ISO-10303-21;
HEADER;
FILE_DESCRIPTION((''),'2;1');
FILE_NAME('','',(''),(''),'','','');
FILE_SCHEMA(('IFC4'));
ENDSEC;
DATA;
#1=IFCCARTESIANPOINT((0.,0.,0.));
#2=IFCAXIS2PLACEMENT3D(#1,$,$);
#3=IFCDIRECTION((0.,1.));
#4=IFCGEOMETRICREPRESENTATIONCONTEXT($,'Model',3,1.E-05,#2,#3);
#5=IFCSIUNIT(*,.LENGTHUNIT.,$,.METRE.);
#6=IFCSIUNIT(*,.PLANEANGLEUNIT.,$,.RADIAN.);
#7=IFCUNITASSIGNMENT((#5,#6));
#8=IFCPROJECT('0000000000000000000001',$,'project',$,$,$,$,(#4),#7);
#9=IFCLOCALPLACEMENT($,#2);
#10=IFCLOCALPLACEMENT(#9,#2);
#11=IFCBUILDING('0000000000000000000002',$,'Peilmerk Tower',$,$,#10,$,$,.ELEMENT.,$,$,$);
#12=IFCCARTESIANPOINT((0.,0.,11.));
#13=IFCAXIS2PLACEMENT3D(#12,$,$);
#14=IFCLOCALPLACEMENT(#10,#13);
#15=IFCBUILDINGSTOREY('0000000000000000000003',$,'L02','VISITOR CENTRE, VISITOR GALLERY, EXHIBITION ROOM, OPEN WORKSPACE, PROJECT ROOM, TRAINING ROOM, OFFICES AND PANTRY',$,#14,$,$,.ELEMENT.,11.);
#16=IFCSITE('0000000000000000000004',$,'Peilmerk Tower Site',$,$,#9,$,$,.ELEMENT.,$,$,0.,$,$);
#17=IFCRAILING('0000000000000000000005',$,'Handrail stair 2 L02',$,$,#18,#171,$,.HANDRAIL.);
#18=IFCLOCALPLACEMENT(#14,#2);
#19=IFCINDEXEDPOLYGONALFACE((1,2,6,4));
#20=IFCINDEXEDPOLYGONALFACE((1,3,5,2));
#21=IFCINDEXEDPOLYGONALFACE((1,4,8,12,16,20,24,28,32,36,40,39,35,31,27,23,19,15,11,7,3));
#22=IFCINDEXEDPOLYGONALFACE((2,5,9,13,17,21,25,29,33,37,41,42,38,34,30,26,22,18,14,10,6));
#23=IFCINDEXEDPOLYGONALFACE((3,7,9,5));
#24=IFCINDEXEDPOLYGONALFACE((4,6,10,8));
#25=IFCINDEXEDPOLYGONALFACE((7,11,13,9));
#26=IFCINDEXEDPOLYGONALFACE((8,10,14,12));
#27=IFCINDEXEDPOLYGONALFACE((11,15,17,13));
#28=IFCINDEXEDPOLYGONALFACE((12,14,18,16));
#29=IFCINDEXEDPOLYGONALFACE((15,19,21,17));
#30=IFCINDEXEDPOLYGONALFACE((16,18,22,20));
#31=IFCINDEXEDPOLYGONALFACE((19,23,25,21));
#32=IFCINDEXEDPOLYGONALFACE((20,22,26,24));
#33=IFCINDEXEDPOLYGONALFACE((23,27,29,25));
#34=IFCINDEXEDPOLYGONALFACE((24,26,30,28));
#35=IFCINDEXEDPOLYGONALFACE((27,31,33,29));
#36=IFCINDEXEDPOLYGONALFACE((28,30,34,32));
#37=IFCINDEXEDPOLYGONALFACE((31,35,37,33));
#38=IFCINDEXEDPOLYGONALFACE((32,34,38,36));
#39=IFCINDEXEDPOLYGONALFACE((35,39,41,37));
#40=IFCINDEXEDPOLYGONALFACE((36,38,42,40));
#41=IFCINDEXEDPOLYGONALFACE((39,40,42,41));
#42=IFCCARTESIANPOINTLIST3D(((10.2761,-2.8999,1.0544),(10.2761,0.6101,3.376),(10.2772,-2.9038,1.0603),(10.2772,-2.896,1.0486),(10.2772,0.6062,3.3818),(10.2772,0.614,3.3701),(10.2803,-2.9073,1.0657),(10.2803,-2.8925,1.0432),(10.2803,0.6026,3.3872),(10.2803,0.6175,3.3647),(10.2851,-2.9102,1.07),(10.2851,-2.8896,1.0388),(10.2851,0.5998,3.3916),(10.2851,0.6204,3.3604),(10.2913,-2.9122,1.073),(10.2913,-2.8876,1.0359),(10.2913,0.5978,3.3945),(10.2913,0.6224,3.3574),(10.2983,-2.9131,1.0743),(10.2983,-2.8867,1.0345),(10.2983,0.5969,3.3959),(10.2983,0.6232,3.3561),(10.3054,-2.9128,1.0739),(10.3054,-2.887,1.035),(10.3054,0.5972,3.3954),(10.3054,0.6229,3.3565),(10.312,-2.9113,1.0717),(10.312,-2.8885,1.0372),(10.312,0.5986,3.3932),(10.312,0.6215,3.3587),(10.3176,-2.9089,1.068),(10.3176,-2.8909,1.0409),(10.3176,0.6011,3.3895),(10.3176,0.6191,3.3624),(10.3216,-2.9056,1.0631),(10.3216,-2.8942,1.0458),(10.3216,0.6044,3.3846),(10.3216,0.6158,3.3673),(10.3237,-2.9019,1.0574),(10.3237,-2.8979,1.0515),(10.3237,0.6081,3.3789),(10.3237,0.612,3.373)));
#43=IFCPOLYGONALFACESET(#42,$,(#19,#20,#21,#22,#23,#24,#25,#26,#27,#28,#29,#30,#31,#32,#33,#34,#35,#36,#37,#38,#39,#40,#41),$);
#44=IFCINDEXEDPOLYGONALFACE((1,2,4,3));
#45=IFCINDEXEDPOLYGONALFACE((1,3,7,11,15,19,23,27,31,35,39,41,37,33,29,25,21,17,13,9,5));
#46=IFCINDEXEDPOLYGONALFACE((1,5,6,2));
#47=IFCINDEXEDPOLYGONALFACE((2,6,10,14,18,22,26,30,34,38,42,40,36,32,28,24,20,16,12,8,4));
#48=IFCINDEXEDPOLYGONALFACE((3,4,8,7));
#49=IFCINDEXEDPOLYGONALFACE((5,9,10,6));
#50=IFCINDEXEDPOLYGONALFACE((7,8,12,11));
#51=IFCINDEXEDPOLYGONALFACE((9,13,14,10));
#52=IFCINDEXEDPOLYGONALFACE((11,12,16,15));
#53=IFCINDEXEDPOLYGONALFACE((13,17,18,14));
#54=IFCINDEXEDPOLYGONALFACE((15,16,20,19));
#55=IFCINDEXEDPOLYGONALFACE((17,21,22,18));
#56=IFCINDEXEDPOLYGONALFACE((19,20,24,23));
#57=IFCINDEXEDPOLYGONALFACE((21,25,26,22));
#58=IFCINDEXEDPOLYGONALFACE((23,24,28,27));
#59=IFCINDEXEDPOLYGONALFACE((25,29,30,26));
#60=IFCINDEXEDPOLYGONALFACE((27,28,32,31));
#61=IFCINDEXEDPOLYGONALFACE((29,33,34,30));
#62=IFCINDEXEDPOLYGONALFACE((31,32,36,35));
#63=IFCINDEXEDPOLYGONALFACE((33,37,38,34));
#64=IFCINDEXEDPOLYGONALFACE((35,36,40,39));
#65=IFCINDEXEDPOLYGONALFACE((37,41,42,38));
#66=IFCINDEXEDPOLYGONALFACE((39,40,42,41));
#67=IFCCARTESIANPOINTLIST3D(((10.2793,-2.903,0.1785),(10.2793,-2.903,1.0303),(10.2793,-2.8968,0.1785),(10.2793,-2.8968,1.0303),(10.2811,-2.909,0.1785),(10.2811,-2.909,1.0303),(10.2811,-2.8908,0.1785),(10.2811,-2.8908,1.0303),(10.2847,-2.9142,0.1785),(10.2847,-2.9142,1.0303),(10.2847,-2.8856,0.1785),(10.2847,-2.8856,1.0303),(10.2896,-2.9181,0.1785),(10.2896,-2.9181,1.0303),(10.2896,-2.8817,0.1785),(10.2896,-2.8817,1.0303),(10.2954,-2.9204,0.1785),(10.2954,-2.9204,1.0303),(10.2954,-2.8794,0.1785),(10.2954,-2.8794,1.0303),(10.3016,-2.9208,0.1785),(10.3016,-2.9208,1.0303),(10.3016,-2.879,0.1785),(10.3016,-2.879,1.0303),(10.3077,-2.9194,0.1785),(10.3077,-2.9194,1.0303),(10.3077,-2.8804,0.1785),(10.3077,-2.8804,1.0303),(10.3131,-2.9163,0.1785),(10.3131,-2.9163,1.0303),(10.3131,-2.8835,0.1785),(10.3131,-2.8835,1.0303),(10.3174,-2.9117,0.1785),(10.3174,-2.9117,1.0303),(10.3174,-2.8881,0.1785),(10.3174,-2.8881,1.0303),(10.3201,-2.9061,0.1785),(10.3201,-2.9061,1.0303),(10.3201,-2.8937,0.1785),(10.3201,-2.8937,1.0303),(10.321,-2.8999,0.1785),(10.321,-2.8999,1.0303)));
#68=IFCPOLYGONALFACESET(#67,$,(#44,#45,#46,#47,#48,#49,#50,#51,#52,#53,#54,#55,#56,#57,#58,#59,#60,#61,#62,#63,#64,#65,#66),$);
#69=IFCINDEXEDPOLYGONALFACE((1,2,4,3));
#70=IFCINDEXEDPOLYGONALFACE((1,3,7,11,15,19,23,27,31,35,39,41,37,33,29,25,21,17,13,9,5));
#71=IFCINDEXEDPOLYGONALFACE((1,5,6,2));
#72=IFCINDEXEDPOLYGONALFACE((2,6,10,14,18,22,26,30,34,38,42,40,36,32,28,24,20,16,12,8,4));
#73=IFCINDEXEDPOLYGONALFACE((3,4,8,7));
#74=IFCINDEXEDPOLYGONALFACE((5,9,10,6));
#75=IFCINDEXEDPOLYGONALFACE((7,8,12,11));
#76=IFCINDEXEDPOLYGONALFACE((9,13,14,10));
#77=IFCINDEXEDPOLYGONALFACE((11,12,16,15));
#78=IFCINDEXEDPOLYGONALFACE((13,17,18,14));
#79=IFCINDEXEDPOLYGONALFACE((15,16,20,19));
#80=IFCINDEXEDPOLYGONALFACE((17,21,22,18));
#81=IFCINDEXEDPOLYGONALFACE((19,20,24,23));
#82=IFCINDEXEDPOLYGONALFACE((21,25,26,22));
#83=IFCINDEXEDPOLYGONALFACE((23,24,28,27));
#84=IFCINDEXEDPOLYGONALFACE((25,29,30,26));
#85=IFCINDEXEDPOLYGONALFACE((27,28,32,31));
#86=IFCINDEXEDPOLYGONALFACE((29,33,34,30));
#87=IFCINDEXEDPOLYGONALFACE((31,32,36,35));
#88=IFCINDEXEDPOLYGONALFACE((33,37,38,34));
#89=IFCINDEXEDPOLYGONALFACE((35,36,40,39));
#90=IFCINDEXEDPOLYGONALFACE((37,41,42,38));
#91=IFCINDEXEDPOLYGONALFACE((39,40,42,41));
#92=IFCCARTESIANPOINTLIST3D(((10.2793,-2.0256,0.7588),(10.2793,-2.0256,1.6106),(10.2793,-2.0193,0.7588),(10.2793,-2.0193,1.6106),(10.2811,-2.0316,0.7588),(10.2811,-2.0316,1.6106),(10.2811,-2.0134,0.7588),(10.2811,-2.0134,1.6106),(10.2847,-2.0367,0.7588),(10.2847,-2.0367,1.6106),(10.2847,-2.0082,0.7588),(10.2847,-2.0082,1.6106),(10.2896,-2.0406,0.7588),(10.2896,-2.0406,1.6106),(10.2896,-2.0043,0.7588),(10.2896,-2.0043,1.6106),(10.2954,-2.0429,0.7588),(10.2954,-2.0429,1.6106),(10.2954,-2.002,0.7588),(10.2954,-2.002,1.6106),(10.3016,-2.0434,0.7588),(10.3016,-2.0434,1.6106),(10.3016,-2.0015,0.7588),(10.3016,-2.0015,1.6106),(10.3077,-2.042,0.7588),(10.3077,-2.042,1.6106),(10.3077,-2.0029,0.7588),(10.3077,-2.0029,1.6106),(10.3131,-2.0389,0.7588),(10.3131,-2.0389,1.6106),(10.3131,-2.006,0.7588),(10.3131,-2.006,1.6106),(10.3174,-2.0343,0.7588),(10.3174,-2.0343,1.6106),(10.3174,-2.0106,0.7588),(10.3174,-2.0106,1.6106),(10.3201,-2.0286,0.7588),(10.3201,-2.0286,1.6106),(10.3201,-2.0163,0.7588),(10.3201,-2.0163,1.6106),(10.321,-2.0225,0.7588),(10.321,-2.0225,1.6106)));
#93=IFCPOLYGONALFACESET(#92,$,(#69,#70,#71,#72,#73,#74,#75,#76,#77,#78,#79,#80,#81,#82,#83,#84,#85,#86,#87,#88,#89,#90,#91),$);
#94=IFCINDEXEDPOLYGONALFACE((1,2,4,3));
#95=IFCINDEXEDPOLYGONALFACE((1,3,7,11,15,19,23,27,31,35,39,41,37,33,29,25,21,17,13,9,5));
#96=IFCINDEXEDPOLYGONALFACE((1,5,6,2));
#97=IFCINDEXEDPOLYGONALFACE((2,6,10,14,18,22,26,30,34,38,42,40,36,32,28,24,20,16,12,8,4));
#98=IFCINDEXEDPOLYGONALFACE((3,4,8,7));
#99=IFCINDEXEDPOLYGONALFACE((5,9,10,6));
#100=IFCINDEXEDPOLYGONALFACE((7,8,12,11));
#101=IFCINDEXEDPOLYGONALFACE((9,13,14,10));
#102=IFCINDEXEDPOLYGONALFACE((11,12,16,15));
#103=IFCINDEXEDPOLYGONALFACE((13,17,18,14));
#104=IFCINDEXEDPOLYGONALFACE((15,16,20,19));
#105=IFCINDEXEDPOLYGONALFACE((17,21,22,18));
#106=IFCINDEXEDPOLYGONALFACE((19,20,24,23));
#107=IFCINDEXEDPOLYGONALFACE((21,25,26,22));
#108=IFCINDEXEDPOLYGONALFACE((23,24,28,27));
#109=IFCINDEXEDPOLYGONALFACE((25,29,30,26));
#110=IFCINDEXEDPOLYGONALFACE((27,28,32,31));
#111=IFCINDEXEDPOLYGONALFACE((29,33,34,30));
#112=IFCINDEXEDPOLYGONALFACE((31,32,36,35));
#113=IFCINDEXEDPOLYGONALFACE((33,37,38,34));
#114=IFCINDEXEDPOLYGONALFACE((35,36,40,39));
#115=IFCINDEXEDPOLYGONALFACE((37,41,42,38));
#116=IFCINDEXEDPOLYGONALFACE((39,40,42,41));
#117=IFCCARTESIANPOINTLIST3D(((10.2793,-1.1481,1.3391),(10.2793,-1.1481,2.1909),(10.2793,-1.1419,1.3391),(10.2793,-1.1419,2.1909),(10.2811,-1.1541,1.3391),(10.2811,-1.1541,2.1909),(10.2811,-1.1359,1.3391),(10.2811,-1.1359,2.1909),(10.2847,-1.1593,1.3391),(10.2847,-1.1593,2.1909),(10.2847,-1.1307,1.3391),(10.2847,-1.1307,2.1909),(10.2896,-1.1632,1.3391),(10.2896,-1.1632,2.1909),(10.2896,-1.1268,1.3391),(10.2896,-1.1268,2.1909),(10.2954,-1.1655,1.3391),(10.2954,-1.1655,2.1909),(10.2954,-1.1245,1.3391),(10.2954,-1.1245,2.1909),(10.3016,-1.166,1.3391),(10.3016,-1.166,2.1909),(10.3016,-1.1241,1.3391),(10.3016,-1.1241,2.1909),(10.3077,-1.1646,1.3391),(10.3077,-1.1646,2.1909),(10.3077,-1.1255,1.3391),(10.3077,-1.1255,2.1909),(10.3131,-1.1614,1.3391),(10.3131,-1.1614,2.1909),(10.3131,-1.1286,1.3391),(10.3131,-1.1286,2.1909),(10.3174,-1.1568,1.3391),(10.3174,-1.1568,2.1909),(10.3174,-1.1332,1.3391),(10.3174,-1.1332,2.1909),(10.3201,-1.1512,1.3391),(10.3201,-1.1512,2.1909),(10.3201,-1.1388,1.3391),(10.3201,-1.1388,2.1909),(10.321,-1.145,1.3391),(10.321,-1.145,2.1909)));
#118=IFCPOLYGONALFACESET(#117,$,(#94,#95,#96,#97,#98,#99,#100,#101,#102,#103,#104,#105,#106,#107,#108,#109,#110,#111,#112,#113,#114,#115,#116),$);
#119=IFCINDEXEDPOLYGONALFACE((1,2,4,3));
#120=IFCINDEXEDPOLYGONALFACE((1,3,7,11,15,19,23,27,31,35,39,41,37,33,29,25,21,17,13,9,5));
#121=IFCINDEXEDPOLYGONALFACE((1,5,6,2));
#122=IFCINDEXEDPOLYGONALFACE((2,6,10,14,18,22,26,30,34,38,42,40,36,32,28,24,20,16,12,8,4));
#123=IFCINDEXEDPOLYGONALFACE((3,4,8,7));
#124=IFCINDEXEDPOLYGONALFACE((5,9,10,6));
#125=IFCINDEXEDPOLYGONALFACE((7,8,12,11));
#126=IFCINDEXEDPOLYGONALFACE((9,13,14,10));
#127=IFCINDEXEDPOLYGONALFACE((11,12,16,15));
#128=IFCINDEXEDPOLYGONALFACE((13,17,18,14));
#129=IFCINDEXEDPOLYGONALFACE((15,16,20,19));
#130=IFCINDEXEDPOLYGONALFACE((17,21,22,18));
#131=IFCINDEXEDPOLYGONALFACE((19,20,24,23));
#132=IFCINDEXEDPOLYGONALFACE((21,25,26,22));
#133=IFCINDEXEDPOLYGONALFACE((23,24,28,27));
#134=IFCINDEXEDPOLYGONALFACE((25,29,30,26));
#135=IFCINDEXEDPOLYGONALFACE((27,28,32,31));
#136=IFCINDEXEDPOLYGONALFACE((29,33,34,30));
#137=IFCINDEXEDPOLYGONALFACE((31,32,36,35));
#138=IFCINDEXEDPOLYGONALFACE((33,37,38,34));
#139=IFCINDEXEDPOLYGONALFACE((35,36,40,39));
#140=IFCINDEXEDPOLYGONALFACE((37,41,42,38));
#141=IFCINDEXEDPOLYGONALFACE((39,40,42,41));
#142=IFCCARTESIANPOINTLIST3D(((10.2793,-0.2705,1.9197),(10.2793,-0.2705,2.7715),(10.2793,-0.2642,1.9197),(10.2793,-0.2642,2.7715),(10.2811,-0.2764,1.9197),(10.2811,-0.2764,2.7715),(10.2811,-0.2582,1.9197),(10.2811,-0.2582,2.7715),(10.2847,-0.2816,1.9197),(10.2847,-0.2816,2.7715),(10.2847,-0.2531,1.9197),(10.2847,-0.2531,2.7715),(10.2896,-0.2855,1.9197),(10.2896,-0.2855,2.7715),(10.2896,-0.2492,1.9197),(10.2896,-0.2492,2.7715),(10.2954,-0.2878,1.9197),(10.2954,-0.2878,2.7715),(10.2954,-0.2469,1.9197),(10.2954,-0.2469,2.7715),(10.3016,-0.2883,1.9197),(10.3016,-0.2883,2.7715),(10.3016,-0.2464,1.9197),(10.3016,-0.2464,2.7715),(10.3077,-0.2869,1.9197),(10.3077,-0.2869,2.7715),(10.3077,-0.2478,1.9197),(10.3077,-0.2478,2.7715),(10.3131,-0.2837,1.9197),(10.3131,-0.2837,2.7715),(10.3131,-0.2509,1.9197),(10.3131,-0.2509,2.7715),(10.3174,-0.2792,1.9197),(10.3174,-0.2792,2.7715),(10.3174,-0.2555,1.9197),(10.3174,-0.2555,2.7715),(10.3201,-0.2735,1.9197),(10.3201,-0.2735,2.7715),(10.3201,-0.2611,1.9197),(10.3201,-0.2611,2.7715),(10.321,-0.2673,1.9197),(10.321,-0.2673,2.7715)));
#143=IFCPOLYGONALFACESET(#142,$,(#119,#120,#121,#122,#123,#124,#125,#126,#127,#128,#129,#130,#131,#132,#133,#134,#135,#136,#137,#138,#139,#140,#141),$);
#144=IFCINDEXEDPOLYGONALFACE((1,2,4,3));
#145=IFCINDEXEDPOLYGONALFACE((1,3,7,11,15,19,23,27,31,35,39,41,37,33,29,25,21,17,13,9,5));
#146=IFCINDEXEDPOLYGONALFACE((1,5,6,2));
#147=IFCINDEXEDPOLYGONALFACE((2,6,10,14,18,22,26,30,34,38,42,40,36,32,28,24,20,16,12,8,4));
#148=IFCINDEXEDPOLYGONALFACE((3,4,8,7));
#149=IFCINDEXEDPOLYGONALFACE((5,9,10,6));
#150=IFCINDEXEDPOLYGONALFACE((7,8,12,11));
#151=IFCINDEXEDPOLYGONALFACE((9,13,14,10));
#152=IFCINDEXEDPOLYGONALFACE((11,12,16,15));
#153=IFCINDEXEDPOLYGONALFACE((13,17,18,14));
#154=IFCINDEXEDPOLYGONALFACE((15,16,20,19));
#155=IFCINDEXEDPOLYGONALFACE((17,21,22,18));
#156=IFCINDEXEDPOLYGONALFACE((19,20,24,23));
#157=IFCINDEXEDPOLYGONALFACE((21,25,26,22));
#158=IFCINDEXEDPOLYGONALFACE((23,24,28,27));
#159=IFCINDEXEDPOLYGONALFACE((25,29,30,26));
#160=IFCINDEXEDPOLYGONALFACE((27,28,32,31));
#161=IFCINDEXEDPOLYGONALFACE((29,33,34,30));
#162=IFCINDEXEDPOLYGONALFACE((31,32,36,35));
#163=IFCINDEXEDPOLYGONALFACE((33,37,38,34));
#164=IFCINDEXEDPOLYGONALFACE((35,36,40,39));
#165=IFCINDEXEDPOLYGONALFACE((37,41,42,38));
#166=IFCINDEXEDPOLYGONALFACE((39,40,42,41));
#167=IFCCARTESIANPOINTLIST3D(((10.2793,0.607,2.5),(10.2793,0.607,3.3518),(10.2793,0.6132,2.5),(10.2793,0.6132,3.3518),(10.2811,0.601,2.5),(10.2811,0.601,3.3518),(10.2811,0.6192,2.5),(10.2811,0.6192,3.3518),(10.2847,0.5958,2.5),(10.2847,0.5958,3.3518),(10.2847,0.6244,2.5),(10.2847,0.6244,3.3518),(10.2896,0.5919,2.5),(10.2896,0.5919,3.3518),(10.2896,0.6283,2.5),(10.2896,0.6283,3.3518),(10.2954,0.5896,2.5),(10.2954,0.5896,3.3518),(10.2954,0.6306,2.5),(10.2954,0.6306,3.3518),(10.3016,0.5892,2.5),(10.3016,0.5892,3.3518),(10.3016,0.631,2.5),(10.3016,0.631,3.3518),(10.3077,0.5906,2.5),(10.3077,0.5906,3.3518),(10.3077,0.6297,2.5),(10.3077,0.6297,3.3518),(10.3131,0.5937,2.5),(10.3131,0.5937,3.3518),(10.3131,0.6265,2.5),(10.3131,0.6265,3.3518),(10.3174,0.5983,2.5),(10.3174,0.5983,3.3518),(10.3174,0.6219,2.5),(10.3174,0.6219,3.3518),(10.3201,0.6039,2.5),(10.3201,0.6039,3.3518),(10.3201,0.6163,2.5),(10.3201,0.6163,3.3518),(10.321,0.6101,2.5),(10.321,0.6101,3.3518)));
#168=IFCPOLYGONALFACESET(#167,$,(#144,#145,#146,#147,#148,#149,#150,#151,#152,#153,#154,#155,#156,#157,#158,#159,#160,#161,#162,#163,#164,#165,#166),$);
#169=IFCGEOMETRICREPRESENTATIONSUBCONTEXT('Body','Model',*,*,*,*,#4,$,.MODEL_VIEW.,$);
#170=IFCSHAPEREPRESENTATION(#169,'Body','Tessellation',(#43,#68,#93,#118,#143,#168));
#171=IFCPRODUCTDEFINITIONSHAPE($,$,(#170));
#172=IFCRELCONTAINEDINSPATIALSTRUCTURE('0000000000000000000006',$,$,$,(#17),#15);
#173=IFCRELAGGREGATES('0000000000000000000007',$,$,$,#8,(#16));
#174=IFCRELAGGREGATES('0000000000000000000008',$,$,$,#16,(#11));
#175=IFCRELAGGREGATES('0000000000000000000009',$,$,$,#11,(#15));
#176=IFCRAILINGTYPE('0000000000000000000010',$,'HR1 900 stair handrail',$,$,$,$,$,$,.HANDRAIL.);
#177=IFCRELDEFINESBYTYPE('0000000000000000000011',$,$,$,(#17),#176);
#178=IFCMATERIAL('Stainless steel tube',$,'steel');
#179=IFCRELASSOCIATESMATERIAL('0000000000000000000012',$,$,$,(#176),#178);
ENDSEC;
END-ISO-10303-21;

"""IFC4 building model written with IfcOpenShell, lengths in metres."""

from ifc_helpers import new_model, si_unit, direction, frame, origin, origin_2d, place, context, subcontext, project, spatial, circle, extrude, material, type_object, element, save


model = new_model("IFC4")

# Units and contexts
model_context = context("Model", 3, precision=1e-05, world=origin(), true_north=direction((0.0, 1.0)))
body_context = subcontext(model_context, "Body", "Model", "MODEL_VIEW")
ifc_project = project(units=[si_unit("LENGTHUNIT", "METRE"), si_unit("PLANEANGLEUNIT", "RADIAN")], contexts=[model_context])

# Site, building, storey
site_placement = place(None, origin())
site = spatial("IfcSite", under=ifc_project, at=site_placement, Name="Peilmerk Tower Site", CompositionType="ELEMENT", RefElevation=0.0)
building_placement = place(site_placement, origin())
building = spatial("IfcBuilding", under=site, at=building_placement, Name="Peilmerk Tower", CompositionType="ELEMENT")
storey_placement = place(building_placement, frame((0.0, 0.0, 11.0)))
storey = spatial("IfcBuildingStorey", under=building, at=storey_placement, Name="L02", Description="VISITOR CENTRE, VISITOR GALLERY, EXHIBITION ROOM, OPEN WORKSPACE, PROJECT ROOM, TRAINING ROOM, OFFICES AND PANTRY", CompositionType="ELEMENT", Elevation=11.0)

# Railing
ifc_material_1 = material(Name="Stainless steel tube", Category="steel")
railing_type_1 = type_object("IfcRailingType", Name="HR1 900 stair handrail", PredefinedType="HANDRAIL", material=ifc_material_1)
railing_1_placement = place(storey_placement, frame((10.3, -2.8999, 0.1785)))
element("IfcRailing", 1, at=railing_1_placement, inside=storey, type_object=railing_type_1, Name="Handrail stair 2 L02", PredefinedType="HANDRAIL", context=body_context, shape_type="SweptSolid", body=[
    extrude(circle(Radius=0.0239, at=origin_2d()), frame((0.0, 0.0, 0.876), z_axis=(0.0, 0.834071, 0.551657), x_axis=(-1.0, 0.0, 0.0)), (0.0, 0.0, 1.0), 4.2083),
    extrude(circle(Radius=0.021, at=origin_2d()), origin(), (0.0, 0.0, 1.0), 0.8518),
    extrude(circle(Radius=0.021, at=origin_2d()), frame((0.0, 0.8774, 0.5803)), (0.0, 0.0, 1.0), 0.8518),
    extrude(circle(Radius=0.021, at=origin_2d()), frame((0.0, 1.7549, 1.1606)), (0.0, 0.0, 1.0), 0.8518),
    extrude(circle(Radius=0.021, at=origin_2d()), frame((0.0, 2.6326, 1.7412)), (0.0, 0.0, 1.0), 0.8518),
    extrude(circle(Radius=0.021, at=origin_2d()), frame((0.0, 3.51, 2.3215)), (0.0, 0.0, 1.0), 0.8518),
])

save(model, "model.ifc")
